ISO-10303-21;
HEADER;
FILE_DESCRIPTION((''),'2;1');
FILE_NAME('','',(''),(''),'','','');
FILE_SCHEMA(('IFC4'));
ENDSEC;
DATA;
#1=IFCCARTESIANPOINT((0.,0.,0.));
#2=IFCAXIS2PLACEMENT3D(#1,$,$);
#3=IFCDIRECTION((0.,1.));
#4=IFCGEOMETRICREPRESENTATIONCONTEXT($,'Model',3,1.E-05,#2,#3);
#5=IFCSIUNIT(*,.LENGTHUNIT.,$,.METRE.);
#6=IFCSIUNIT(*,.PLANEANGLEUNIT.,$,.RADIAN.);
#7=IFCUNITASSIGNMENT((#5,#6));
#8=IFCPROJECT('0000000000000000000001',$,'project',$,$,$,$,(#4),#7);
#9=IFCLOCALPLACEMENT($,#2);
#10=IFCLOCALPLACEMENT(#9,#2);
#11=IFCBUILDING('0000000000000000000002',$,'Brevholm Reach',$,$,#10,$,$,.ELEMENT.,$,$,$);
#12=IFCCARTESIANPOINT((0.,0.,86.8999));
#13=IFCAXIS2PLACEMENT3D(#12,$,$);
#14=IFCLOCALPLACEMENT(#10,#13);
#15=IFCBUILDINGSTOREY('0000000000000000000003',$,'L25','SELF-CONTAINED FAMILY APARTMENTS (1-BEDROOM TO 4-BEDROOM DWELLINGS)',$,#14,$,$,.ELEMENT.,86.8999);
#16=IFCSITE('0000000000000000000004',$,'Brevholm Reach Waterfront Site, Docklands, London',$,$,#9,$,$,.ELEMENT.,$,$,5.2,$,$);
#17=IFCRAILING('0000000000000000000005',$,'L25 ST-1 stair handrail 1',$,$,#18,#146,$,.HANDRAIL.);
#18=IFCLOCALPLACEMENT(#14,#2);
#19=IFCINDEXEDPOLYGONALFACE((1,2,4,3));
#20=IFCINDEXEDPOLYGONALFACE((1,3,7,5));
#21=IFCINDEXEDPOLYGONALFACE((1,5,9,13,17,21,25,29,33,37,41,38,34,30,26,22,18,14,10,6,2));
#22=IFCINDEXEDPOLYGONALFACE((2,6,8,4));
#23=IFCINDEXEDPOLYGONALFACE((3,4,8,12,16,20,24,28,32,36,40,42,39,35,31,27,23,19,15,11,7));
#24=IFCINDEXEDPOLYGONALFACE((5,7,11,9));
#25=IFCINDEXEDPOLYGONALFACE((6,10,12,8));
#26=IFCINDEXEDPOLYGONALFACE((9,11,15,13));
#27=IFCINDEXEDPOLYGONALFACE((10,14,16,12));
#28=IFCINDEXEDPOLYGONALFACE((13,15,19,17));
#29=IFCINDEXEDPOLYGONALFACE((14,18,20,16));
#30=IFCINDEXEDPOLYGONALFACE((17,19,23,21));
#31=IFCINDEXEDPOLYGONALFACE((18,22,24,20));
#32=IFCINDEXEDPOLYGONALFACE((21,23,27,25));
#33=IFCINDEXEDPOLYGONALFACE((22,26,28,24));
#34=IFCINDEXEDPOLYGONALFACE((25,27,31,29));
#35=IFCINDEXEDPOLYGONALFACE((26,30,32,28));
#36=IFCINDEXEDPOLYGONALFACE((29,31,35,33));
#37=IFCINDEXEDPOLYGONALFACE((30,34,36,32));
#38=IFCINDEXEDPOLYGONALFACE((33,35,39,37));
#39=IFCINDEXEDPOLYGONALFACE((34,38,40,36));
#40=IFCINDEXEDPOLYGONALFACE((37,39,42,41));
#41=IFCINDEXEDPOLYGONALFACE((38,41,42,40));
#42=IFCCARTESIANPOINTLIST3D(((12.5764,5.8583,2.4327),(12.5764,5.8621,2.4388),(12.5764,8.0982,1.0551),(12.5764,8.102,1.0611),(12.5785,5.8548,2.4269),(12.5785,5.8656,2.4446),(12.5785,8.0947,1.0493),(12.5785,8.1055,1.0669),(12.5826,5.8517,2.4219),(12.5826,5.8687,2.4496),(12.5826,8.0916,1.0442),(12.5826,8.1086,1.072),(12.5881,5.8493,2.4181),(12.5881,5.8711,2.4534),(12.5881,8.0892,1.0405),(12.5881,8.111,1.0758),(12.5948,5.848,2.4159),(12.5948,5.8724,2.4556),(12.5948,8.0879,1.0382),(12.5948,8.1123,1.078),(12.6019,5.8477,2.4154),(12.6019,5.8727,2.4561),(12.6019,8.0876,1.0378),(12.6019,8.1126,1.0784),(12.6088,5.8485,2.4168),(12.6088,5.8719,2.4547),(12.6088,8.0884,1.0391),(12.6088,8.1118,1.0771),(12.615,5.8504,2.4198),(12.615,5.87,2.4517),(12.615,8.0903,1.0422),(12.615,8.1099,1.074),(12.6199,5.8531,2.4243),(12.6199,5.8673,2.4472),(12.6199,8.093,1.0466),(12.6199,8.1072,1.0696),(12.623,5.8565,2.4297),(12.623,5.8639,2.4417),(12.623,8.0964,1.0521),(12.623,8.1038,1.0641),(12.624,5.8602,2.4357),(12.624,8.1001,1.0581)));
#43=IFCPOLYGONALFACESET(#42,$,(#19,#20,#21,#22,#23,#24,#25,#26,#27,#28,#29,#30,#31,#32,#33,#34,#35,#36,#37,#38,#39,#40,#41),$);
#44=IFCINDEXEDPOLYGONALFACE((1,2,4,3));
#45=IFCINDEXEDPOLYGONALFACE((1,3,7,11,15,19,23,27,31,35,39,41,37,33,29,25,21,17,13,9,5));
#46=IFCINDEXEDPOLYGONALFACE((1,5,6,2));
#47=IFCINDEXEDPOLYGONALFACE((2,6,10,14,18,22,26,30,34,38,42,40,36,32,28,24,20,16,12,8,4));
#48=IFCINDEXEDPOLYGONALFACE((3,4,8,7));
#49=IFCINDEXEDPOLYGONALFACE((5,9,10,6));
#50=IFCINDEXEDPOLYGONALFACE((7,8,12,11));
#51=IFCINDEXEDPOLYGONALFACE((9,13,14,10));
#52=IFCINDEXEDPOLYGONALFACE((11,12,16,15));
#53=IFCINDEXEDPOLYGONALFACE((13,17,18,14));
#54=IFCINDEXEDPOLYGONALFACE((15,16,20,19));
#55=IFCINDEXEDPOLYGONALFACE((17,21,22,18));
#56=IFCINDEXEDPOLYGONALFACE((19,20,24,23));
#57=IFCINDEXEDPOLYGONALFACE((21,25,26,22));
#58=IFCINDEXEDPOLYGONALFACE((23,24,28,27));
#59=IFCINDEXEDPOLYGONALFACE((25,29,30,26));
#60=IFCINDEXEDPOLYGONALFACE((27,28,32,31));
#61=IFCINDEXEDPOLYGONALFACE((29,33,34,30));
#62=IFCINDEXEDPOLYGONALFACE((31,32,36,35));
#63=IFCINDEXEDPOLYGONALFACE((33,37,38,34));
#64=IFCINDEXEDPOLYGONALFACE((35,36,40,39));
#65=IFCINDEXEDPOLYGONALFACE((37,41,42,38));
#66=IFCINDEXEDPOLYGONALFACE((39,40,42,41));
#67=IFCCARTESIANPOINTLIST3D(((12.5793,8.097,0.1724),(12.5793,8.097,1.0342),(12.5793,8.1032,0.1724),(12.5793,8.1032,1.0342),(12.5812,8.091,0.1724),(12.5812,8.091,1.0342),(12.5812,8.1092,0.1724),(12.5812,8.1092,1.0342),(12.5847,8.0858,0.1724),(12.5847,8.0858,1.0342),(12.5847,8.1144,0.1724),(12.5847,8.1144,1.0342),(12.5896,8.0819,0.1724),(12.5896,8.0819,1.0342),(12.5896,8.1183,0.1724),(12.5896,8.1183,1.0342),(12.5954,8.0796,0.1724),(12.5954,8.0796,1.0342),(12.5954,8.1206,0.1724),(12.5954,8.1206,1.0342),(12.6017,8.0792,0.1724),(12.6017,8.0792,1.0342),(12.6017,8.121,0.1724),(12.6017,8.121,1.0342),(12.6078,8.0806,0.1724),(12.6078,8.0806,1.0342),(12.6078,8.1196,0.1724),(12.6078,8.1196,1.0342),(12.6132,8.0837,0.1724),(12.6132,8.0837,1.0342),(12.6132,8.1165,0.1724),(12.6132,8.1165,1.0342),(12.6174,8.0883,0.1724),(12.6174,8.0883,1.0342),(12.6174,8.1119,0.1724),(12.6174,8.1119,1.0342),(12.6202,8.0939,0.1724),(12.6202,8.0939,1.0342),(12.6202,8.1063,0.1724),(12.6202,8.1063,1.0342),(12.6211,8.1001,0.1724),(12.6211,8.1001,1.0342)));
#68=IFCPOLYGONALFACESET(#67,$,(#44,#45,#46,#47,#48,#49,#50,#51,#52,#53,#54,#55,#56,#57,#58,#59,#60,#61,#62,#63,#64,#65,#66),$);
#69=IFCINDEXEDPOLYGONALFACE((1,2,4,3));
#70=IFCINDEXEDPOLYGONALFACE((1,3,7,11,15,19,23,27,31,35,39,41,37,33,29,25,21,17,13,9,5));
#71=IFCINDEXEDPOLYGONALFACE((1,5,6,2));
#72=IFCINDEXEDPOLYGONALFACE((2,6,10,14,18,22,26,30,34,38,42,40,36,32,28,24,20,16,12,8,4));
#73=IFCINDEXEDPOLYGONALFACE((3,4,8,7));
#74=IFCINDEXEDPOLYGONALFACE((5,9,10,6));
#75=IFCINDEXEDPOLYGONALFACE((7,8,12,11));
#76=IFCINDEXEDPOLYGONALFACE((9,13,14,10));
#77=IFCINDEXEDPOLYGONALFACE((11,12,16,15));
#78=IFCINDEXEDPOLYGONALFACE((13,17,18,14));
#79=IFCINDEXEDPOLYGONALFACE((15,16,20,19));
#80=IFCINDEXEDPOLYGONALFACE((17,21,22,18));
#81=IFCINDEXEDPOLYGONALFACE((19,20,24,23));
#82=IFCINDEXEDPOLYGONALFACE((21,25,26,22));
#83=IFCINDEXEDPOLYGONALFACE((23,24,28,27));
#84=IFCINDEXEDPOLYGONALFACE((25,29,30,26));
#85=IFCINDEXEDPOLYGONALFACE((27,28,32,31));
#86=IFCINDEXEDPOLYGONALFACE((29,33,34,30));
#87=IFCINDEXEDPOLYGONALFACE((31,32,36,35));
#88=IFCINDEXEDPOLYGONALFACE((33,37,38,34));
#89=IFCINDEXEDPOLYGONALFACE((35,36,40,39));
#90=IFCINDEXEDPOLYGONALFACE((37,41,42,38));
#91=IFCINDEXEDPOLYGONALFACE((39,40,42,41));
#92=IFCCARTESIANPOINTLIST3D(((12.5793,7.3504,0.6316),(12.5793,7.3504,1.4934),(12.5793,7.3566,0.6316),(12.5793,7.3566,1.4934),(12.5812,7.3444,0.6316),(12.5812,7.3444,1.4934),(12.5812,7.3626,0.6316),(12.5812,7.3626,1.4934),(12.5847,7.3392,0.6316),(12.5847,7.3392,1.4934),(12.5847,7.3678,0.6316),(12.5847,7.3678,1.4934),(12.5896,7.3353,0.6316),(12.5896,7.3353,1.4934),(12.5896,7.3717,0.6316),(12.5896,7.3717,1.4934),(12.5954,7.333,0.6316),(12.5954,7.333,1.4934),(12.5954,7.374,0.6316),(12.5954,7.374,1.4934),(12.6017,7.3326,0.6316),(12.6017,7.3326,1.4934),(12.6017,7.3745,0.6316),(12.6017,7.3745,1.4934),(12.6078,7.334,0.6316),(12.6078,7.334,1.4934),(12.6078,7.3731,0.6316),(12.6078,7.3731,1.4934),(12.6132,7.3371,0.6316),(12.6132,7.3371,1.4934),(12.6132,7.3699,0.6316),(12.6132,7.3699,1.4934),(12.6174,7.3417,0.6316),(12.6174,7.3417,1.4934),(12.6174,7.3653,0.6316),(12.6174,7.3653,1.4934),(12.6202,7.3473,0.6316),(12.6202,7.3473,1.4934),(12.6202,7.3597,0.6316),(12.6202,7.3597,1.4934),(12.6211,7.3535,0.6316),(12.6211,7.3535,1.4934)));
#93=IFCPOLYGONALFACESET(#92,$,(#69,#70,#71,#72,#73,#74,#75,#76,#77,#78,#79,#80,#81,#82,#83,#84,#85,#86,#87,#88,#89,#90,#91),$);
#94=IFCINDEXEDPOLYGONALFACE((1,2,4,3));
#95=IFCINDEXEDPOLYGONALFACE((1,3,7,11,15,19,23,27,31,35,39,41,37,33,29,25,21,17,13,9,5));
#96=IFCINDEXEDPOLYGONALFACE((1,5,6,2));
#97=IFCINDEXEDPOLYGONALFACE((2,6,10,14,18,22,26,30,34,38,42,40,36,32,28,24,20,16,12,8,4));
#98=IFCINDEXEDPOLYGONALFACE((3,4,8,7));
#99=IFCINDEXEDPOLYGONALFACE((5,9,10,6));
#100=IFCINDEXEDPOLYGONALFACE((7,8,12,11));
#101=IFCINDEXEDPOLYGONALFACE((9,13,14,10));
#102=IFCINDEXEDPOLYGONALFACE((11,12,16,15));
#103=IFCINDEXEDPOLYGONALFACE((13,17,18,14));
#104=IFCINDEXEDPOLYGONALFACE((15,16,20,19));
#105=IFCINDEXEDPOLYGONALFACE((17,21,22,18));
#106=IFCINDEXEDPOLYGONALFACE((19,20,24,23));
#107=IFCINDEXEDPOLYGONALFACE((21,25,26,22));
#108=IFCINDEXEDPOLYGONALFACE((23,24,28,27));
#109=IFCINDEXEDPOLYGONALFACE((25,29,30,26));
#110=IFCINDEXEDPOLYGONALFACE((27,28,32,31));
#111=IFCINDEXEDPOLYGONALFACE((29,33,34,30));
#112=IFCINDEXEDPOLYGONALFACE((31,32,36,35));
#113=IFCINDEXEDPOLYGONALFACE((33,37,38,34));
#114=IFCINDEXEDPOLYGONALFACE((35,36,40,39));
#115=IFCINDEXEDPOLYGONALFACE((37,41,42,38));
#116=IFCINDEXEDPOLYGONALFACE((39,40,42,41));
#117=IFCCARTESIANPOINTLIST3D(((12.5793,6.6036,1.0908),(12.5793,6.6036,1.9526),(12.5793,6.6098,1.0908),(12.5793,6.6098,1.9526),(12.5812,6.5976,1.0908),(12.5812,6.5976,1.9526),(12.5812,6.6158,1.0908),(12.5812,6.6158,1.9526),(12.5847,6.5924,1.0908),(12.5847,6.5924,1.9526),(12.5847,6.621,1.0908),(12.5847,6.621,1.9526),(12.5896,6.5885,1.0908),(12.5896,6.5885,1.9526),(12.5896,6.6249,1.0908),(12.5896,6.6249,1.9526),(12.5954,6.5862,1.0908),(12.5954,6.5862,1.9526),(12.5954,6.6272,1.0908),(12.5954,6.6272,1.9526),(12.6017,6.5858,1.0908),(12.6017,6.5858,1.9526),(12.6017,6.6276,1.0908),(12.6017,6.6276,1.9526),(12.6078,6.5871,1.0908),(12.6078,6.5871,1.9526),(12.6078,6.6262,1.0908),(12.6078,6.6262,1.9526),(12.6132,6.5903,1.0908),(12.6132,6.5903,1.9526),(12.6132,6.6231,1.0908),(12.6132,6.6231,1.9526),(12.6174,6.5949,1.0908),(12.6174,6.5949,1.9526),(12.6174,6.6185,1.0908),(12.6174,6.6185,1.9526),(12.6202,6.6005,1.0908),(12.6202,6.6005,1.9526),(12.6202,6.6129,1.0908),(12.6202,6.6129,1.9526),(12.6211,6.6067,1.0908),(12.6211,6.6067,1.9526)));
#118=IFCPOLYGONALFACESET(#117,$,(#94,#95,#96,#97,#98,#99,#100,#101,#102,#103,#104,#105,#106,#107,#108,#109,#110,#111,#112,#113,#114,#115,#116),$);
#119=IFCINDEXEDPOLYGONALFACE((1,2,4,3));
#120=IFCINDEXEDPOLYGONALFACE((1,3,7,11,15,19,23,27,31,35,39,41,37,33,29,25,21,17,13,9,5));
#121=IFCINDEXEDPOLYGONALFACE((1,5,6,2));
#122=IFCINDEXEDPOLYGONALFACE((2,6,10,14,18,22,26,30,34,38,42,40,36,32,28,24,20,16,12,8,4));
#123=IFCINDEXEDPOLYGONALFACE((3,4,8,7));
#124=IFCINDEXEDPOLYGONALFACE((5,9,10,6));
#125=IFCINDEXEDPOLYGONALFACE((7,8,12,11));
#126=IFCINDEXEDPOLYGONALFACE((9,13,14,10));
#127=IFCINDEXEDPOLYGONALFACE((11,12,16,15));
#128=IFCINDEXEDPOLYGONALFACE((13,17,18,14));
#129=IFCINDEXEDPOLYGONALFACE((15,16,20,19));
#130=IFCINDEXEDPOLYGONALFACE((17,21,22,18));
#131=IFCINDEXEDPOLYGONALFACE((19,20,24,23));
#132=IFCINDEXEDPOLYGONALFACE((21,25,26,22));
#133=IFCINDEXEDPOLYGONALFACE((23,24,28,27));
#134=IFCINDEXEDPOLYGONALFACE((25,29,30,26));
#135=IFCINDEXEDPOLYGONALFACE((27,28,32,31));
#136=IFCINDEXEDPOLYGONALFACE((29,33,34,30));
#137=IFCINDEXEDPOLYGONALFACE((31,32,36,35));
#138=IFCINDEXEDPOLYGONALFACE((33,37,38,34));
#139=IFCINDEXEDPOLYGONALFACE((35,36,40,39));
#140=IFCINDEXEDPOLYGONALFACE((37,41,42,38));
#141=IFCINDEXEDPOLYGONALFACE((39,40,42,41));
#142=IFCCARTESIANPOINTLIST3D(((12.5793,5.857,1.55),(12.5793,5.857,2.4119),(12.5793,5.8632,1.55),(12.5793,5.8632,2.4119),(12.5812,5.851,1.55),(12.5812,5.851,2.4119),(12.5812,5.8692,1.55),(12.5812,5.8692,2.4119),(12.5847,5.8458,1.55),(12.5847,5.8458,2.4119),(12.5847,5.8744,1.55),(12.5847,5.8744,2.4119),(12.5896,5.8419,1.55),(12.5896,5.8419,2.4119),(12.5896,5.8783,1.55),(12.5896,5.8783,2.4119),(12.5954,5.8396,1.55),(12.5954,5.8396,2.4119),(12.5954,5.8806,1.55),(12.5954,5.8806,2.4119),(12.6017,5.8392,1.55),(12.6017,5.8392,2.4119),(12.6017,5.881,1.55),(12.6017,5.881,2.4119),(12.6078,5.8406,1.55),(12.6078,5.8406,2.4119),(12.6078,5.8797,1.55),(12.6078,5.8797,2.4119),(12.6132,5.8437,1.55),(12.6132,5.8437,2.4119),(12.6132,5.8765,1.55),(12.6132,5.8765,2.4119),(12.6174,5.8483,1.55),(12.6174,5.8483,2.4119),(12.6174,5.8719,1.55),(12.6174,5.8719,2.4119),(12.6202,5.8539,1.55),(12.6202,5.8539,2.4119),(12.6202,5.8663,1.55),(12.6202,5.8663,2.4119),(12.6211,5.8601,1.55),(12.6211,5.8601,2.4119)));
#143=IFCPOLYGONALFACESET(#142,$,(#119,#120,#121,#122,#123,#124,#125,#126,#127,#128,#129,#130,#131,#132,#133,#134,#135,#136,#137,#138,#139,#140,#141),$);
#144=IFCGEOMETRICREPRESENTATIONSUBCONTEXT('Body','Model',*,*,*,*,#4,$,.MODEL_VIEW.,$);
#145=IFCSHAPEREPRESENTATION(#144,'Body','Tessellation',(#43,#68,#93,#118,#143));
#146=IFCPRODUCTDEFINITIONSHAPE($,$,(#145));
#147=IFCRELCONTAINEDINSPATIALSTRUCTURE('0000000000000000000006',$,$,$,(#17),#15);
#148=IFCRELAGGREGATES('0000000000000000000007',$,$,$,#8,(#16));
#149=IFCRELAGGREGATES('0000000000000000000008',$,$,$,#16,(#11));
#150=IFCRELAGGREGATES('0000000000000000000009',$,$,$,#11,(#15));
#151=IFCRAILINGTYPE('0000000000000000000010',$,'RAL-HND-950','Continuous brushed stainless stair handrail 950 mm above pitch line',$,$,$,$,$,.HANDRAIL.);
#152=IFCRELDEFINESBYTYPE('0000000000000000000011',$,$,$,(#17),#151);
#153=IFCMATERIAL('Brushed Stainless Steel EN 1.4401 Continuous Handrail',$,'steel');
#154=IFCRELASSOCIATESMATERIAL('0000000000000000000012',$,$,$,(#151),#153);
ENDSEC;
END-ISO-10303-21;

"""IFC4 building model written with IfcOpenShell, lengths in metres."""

from ifc_helpers import new_model, si_unit, direction, frame, origin, origin_2d, place, context, subcontext, project, spatial, circle, extrude, material, type_object, element, save


model = new_model("IFC4")

# Units and contexts
model_context = context("Model", 3, precision=1e-05, world=origin(), true_north=direction((0.0, 1.0)))
body_context = subcontext(model_context, "Body", "Model", "MODEL_VIEW")
ifc_project = project(units=[si_unit("LENGTHUNIT", "METRE"), si_unit("PLANEANGLEUNIT", "RADIAN")], contexts=[model_context])

# Site, building, storey
site_placement = place(None, origin())
site = spatial("IfcSite", under=ifc_project, at=site_placement, Name="Brevholm Reach Waterfront Site, Docklands, London", CompositionType="ELEMENT", RefElevation=5.2)
building_placement = place(site_placement, origin())
building = spatial("IfcBuilding", under=site, at=building_placement, Name="Brevholm Reach", CompositionType="ELEMENT")
storey_placement = place(building_placement, frame((0.0, 0.0, 86.8999)))
storey = spatial("IfcBuildingStorey", under=building, at=storey_placement, Name="L25", Description="SELF-CONTAINED FAMILY APARTMENTS (1-BEDROOM TO 4-BEDROOM DWELLINGS)", CompositionType="ELEMENT", Elevation=86.8999)

# Railing
ifc_material_1 = material(Name="Brushed Stainless Steel EN 1.4401 Continuous Handrail", Category="steel")
railing_type_1 = type_object("IfcRailingType", Name="RAL-HND-950", Description="Continuous brushed stainless stair handrail 950 mm above pitch line", PredefinedType="HANDRAIL", material=ifc_material_1)
railing_1_placement = place(storey_placement, frame((12.6001, 8.1001, 0.1724)))
element("IfcRailing", 1, at=railing_1_placement, inside=storey, type_object=railing_type_1, Name="L25 ST-1 stair handrail 1", PredefinedType="HANDRAIL", context=body_context, shape_type="SweptSolid", body=[
    extrude(circle(Radius=0.0239, at=origin_2d()), frame((0.0, 0.0, 0.8857), z_axis=(0.0, -0.851789, 0.523885), x_axis=(1.0, 0.0, 0.0)), (0.0, 0.0, 1.0), 2.6296),
    extrude(circle(Radius=0.021, at=origin_2d()), origin(), (0.0, 0.0, 1.0), 0.8618),
    extrude(circle(Radius=0.021, at=origin_2d()), frame((0.0, -0.7466, 0.4592)), (0.0, 0.0, 1.0), 0.8618),
    extrude(circle(Radius=0.021, at=origin_2d()), frame((0.0, -1.4934, 0.9185)), (0.0, 0.0, 1.0), 0.8618),
    extrude(circle(Radius=0.021, at=origin_2d()), frame((0.0, -2.24, 1.3777)), (0.0, 0.0, 1.0), 0.8618),
])

save(model, "model.ifc")
